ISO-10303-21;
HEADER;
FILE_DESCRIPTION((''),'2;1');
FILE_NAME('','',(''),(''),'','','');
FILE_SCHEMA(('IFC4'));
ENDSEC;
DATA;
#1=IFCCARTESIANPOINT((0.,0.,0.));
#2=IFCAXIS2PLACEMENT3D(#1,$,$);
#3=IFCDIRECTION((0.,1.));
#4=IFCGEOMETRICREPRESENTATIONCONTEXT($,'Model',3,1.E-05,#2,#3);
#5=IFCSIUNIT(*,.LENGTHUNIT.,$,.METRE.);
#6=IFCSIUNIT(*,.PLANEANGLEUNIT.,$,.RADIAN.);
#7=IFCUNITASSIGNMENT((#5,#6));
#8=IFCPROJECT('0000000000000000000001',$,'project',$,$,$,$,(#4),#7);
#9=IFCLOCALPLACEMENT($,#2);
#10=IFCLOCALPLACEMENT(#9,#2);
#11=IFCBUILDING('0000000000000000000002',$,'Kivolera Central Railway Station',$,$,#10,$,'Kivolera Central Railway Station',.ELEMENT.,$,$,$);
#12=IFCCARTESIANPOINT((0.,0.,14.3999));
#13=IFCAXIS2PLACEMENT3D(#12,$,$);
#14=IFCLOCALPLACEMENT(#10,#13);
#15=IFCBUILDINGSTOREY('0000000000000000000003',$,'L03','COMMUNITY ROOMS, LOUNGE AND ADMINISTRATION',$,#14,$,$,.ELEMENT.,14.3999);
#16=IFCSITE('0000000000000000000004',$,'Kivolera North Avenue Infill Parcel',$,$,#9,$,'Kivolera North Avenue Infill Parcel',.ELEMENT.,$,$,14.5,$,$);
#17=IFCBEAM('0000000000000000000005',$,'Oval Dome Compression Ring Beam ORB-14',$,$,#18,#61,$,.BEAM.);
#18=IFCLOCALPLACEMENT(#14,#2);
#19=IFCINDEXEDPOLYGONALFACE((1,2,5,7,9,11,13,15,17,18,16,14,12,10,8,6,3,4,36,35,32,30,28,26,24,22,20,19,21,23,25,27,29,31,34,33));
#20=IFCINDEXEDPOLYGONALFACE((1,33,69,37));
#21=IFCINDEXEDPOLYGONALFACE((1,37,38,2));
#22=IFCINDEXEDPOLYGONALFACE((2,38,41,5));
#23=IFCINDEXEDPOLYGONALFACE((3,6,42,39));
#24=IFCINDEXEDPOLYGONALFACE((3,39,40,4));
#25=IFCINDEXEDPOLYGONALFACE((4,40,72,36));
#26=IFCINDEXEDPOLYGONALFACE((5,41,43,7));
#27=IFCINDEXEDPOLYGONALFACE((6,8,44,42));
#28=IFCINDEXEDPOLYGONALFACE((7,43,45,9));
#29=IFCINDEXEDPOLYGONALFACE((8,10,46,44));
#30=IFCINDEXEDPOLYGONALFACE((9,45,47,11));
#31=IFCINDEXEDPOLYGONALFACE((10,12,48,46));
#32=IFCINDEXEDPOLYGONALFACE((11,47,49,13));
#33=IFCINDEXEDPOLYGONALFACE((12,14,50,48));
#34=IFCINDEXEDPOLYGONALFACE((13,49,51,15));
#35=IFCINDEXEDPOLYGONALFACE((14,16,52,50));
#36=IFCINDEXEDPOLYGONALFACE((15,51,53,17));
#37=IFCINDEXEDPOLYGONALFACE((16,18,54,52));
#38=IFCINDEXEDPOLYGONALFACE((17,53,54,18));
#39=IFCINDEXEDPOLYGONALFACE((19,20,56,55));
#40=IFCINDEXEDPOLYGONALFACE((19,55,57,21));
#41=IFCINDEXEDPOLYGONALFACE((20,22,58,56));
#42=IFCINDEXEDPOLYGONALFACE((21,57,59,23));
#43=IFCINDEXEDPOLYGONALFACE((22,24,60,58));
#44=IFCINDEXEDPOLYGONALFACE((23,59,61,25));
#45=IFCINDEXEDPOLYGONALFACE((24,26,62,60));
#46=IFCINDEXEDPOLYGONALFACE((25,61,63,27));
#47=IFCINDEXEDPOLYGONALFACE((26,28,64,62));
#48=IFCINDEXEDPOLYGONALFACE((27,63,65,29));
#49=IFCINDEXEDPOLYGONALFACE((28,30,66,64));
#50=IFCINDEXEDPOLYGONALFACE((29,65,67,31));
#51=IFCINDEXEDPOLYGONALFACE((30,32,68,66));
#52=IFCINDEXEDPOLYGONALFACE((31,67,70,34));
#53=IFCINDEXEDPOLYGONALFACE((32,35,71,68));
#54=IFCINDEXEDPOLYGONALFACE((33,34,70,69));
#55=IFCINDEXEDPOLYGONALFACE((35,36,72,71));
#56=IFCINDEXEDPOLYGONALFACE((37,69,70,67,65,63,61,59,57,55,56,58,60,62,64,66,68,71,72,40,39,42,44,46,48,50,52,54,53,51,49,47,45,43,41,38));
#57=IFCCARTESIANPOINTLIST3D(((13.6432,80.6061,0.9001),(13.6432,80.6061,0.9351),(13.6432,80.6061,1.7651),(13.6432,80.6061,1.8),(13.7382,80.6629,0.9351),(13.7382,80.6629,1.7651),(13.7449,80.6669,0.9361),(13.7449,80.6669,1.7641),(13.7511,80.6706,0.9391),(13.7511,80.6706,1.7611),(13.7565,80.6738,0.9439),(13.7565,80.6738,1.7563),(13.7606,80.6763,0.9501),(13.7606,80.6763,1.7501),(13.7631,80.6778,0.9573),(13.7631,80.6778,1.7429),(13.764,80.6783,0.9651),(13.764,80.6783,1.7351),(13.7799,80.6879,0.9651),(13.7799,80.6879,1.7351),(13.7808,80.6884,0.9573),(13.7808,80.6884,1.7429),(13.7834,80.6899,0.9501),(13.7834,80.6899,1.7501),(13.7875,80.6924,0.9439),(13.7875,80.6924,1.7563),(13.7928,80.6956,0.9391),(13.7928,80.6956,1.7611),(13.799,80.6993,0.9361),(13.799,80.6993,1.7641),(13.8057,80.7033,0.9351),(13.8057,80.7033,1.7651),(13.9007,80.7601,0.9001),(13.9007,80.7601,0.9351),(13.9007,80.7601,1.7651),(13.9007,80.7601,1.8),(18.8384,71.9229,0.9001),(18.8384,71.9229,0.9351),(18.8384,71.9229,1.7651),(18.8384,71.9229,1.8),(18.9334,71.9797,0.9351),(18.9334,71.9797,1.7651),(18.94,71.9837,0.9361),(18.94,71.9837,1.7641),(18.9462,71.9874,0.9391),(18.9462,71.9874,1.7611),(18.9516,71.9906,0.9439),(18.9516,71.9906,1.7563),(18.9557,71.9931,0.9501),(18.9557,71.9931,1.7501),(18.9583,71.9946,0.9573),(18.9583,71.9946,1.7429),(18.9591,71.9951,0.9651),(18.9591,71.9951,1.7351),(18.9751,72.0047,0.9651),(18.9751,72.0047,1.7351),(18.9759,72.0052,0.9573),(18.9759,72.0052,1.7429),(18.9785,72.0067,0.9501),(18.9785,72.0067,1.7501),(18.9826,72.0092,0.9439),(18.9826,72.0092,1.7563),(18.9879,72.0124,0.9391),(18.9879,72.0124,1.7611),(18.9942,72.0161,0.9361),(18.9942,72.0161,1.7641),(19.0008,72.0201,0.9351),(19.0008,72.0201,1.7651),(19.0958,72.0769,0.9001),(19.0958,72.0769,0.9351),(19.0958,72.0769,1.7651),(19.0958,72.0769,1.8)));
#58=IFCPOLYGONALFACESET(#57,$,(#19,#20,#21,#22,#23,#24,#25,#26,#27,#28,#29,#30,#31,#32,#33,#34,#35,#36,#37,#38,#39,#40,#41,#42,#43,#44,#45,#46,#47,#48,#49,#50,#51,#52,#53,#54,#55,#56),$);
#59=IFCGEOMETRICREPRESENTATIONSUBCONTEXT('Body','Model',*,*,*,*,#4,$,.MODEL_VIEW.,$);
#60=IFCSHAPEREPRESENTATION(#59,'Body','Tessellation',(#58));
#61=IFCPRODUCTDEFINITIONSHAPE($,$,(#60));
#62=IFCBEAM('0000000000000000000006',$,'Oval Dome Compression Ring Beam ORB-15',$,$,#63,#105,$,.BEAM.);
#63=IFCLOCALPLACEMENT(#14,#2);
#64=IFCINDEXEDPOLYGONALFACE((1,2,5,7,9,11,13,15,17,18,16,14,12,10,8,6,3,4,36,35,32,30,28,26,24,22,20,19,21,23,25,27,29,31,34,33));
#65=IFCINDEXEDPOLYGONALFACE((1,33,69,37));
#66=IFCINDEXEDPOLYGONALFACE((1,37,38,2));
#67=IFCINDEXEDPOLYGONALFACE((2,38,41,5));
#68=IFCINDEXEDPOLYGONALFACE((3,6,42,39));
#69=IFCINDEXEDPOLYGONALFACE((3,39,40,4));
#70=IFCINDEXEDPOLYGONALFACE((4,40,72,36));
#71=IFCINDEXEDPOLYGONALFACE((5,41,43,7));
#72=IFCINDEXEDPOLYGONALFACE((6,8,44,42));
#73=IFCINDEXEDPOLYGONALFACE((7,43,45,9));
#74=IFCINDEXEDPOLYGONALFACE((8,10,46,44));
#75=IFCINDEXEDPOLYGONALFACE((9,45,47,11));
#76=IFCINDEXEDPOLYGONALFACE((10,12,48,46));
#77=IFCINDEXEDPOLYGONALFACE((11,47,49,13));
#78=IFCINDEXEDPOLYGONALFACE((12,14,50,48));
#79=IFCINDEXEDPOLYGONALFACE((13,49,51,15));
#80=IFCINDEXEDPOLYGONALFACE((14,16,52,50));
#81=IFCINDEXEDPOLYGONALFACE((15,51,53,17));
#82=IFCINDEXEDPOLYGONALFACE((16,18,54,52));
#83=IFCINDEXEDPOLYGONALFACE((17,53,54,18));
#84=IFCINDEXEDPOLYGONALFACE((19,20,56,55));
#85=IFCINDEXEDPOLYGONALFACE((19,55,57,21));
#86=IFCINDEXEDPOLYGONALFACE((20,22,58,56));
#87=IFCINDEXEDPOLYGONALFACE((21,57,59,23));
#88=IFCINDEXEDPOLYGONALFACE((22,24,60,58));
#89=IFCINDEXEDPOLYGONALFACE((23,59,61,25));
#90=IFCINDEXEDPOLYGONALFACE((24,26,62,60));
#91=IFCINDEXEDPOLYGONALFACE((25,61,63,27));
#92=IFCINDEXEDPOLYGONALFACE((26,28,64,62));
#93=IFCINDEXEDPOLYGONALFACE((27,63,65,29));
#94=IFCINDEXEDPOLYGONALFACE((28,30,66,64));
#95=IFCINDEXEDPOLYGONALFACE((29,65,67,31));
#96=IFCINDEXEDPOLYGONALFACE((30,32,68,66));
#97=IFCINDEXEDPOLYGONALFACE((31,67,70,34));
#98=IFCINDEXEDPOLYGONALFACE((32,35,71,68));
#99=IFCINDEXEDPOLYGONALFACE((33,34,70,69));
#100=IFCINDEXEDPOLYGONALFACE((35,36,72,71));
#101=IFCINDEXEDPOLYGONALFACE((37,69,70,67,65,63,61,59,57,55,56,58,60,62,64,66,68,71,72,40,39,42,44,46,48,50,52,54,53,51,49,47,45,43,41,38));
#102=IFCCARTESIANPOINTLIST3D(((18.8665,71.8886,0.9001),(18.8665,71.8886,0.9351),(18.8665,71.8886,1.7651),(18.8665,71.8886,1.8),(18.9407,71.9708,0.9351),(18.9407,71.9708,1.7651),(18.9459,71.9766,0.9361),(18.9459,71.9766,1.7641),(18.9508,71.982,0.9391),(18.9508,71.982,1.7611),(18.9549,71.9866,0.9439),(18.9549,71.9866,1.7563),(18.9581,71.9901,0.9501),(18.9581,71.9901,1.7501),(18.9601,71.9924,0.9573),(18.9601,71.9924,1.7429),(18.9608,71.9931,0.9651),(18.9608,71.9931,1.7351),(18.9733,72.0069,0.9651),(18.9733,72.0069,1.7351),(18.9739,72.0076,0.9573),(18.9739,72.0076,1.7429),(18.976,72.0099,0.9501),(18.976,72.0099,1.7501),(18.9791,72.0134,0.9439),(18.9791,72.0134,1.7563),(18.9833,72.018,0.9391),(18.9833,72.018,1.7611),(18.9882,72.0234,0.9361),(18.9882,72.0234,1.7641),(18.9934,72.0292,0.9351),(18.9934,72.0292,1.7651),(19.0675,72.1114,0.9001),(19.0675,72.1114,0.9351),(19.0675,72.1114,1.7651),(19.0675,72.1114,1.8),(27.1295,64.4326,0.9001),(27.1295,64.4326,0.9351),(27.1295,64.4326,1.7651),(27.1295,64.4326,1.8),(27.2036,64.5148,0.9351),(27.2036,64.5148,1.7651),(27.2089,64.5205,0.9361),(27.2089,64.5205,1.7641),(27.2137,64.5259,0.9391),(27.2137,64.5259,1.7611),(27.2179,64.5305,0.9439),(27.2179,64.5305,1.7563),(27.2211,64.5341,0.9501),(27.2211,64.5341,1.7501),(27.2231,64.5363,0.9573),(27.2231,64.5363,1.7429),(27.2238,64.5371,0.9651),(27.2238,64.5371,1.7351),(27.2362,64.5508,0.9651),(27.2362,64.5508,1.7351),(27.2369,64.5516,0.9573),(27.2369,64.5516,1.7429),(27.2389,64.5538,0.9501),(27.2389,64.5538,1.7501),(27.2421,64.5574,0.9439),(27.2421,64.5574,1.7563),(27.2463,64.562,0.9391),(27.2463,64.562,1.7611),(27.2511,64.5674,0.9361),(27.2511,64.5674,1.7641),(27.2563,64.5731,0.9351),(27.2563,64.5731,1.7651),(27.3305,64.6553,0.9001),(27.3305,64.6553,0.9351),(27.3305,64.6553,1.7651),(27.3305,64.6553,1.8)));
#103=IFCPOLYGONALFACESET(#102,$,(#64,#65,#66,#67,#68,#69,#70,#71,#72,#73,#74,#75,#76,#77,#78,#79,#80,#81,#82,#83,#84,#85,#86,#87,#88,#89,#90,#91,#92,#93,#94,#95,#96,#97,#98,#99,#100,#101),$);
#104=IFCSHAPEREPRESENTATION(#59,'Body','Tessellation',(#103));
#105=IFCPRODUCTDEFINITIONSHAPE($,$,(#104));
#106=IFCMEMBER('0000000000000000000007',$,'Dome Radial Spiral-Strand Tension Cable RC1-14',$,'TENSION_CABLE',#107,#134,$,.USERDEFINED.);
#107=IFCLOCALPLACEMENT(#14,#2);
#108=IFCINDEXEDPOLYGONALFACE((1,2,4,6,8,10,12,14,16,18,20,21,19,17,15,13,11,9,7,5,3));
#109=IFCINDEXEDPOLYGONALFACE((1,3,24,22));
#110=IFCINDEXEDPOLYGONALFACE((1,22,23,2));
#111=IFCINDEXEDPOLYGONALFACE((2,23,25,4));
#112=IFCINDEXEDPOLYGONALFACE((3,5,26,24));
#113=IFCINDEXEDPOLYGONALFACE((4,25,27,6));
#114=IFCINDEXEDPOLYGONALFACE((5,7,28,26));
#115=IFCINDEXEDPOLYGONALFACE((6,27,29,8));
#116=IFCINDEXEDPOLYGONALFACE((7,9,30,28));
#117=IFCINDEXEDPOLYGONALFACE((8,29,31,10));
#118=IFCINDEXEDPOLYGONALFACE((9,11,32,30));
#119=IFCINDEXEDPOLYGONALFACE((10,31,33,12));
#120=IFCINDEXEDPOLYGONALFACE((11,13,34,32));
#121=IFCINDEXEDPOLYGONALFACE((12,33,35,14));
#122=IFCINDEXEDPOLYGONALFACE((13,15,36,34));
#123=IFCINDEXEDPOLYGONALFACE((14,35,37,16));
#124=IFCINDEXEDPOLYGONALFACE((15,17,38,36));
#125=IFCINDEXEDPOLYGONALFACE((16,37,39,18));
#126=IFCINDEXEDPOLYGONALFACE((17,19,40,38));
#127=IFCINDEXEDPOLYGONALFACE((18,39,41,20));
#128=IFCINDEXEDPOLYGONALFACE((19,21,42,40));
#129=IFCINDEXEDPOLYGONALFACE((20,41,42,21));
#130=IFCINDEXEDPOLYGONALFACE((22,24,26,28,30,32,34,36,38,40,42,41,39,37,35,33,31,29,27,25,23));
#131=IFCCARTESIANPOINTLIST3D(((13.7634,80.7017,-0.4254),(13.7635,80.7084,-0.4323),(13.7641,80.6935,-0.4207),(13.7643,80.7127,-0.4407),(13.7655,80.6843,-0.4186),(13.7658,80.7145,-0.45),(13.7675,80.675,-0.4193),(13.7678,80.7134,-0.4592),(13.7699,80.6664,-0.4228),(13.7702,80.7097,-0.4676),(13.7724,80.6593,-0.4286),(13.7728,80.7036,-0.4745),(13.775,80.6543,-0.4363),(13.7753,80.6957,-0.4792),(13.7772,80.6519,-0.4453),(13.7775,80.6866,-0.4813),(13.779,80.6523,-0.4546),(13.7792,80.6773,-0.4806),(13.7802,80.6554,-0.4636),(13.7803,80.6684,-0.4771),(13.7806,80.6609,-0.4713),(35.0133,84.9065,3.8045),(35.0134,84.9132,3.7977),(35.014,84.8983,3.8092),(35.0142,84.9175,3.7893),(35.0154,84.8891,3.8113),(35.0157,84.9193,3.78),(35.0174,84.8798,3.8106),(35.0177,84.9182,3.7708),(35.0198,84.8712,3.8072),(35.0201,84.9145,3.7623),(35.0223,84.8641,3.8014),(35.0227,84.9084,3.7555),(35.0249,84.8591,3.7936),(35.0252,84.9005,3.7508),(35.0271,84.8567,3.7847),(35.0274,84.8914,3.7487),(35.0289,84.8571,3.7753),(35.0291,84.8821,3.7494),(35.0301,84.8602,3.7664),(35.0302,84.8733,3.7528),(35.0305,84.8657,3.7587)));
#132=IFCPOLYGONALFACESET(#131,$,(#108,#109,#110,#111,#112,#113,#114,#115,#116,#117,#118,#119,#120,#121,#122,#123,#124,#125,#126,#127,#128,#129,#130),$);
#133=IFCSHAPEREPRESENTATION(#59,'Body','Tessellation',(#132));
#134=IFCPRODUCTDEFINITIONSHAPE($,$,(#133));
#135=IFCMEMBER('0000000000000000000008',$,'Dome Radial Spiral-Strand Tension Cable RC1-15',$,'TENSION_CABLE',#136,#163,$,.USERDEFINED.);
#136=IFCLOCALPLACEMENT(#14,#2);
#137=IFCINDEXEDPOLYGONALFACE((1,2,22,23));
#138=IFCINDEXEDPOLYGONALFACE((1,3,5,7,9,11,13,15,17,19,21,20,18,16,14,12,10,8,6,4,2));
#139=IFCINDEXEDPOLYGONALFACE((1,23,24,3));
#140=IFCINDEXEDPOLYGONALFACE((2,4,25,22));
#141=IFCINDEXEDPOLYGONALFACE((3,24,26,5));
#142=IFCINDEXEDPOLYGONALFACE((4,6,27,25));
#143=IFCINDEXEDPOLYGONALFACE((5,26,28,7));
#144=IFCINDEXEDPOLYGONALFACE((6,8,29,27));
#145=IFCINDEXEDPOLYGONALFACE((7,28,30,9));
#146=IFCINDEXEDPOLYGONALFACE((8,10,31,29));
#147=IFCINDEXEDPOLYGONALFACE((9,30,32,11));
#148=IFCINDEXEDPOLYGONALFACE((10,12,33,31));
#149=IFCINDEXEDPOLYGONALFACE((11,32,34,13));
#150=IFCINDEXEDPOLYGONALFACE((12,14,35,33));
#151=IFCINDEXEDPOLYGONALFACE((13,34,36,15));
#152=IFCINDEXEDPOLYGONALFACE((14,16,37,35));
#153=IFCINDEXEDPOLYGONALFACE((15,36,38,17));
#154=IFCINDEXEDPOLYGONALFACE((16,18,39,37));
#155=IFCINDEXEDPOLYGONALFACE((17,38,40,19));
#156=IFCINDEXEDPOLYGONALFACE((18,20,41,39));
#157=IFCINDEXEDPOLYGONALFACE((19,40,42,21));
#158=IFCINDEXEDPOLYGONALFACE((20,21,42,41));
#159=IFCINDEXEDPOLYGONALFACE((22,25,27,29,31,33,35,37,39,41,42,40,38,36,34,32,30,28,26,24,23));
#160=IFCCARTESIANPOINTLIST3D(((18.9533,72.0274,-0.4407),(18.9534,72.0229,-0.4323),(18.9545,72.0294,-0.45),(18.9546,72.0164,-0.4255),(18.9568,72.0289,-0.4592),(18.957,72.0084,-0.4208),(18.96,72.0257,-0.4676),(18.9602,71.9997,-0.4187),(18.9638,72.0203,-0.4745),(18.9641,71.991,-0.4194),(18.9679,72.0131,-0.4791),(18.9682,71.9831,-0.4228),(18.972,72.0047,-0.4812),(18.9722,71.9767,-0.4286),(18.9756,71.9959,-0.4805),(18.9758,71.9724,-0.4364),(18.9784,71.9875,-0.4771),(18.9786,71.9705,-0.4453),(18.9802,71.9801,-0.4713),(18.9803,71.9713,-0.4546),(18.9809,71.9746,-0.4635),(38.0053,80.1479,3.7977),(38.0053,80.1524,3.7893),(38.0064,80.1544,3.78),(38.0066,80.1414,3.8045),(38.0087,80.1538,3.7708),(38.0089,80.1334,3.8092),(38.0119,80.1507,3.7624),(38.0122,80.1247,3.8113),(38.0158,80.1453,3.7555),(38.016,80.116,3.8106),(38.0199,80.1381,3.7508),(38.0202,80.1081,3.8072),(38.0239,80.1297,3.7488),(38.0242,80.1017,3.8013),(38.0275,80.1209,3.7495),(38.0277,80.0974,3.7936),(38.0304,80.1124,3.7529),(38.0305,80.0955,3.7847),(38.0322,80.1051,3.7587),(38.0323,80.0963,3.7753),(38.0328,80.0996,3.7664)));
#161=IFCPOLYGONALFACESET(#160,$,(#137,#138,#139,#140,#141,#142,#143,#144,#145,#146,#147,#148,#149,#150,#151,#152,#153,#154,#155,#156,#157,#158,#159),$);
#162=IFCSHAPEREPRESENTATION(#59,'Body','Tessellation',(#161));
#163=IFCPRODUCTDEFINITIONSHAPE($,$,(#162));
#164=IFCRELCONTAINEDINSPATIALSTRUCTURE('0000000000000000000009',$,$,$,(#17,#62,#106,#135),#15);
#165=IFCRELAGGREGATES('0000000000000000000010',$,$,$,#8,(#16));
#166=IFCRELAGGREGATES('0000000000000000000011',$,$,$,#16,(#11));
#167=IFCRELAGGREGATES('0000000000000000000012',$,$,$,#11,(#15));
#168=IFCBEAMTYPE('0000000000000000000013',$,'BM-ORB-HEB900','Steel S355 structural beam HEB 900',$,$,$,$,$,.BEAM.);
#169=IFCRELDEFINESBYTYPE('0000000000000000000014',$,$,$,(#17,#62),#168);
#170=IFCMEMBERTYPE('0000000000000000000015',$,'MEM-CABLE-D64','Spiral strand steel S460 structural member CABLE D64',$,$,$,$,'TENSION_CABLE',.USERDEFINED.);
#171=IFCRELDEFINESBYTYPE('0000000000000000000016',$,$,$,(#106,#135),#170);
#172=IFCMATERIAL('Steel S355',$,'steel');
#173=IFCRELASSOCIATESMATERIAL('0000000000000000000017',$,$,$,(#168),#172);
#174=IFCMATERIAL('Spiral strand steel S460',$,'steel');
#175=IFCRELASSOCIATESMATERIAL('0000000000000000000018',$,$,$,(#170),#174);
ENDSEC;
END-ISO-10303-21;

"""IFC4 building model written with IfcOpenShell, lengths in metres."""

from ifc_helpers import new_model, si_unit, direction, frame, origin, origin_2d, place, context, subcontext, project, spatial, circle, i_section, extrude, material, material_profile, profile_set, type_object, element, save


model = new_model("IFC4")

# Units and contexts
model_context = context("Model", 3, precision=1e-05, world=origin(), true_north=direction((0.0, 1.0)))
body_context = subcontext(model_context, "Body", "Model", "MODEL_VIEW")
ifc_project = project(units=[si_unit("LENGTHUNIT", "METRE"), si_unit("PLANEANGLEUNIT", "RADIAN")], contexts=[model_context])

# Site, building, storey
site_placement = place(None, origin())
site = spatial("IfcSite", under=ifc_project, at=site_placement, Name="Kivolera North Avenue Infill Parcel", LongName="Kivolera North Avenue Infill Parcel", CompositionType="ELEMENT", RefElevation=14.5)
building_placement = place(site_placement, origin())
building = spatial("IfcBuilding", under=site, at=building_placement, Name="Kivolera Central Railway Station", LongName="Kivolera Central Railway Station", CompositionType="ELEMENT")
storey_placement = place(building_placement, frame((0.0, 0.0, 14.3999)))
storey = spatial("IfcBuildingStorey", under=building, at=storey_placement, Name="L03", Description="COMMUNITY ROOMS, LOUNGE AND ADMINISTRATION", CompositionType="ELEMENT", Elevation=14.3999)

# Beams
ifc_material_1 = material(Name="Steel S355", Category="steel")
ifc_material_profile_1 = material_profile(ifc_material_1, i_section(OverallWidth=0.3, OverallDepth=0.8999, WebThickness=0.0186, FlangeThickness=0.0349, FilletRadius=0.03, at=origin_2d()), Name="HEB 900")
ifc_profile_set_1 = profile_set([ifc_material_profile_1], Name="Steel S355")
beam_type_1 = type_object("IfcBeamType", Name="BM-ORB-HEB900", Description="Steel S355 structural beam HEB 900", PredefinedType="BEAM", material=ifc_profile_set_1)
beam_1_placement = place(storey_placement, frame((13.772, 80.6831, 1.3501), z_axis=(0.51342, -0.858137, 0.0), x_axis=(0.858137, 0.51342, 0.0)))
element("IfcBeam", 1, at=beam_1_placement, inside=storey, type_object=beam_type_1, Name="Oval Dome Compression Ring Beam ORB-14", PredefinedType="BEAM", context=body_context, shape_type="SweptSolid", body=[
    extrude(i_section(OverallWidth=0.3, OverallDepth=0.8999, WebThickness=0.0186, FlangeThickness=0.0349, FilletRadius=0.03, at=origin_2d()), origin(), (0.0, 0.0, 1.0), 10.1187),
])
beam_2_placement = place(storey_placement, frame((18.967, 72.0, 1.3501), z_axis=(0.742426, -0.669928, 0.0), x_axis=(0.669928, 0.742426, 0.0)))
element("IfcBeam", 2, at=beam_2_placement, inside=storey, type_object=beam_type_1, Name="Oval Dome Compression Ring Beam ORB-15", PredefinedType="BEAM", context=body_context, shape_type="SweptSolid", body=[
    extrude(i_section(OverallWidth=0.3, OverallDepth=0.8999, WebThickness=0.0186, FlangeThickness=0.0349, FilletRadius=0.03, at=origin_2d()), origin(), (0.0, 0.0, 1.0), 11.1296),
])

# Members
ifc_material_2 = material(Name="Spiral strand steel S460", Category="steel")
ifc_material_profile_2 = material_profile(ifc_material_2, circle(Radius=0.032, at=origin_2d()), Name="CABLE D64")
ifc_profile_set_2 = profile_set([ifc_material_profile_2], Name="Spiral strand steel S460")
member_type_1 = type_object("IfcMemberType", Name="MEM-CABLE-D64", Description="Spiral strand steel S460 structural member CABLE D64", ElementType="TENSION_CABLE", PredefinedType="USERDEFINED", material=ifc_profile_set_2)
member_1_placement = place(storey_placement, frame((13.772, 80.6831, -0.45), z_axis=(0.962795, 0.190513, 0.191652), x_axis=(-0.194111, 0.98098, 0.0)))
element("IfcMember", 3, at=member_1_placement, inside=storey, type_object=member_type_1, Name="Dome Radial Spiral-Strand Tension Cable RC1-14", ObjectType="TENSION_CABLE", PredefinedType="USERDEFINED", context=body_context, shape_type="SweptSolid", body=[
    extrude(circle(Radius=0.032, at=origin_2d()), origin(), (0.0, 0.0, 1.0), 22.071),
])
member_2_placement = place(storey_placement, frame((18.967, 72.0, -0.45), z_axis=(0.901243, 0.384348, 0.200096), x_axis=(-0.392281, 0.919845, 0.0)))
element("IfcMember", 4, at=member_2_placement, inside=storey, type_object=member_type_1, Name="Dome Radial Spiral-Strand Tension Cable RC1-15", ObjectType="TENSION_CABLE", PredefinedType="USERDEFINED", context=body_context, shape_type="SweptSolid", body=[
    extrude(circle(Radius=0.032, at=origin_2d()), origin(), (0.0, 0.0, 1.0), 21.1396),
])

save(model, "model.ifc")
